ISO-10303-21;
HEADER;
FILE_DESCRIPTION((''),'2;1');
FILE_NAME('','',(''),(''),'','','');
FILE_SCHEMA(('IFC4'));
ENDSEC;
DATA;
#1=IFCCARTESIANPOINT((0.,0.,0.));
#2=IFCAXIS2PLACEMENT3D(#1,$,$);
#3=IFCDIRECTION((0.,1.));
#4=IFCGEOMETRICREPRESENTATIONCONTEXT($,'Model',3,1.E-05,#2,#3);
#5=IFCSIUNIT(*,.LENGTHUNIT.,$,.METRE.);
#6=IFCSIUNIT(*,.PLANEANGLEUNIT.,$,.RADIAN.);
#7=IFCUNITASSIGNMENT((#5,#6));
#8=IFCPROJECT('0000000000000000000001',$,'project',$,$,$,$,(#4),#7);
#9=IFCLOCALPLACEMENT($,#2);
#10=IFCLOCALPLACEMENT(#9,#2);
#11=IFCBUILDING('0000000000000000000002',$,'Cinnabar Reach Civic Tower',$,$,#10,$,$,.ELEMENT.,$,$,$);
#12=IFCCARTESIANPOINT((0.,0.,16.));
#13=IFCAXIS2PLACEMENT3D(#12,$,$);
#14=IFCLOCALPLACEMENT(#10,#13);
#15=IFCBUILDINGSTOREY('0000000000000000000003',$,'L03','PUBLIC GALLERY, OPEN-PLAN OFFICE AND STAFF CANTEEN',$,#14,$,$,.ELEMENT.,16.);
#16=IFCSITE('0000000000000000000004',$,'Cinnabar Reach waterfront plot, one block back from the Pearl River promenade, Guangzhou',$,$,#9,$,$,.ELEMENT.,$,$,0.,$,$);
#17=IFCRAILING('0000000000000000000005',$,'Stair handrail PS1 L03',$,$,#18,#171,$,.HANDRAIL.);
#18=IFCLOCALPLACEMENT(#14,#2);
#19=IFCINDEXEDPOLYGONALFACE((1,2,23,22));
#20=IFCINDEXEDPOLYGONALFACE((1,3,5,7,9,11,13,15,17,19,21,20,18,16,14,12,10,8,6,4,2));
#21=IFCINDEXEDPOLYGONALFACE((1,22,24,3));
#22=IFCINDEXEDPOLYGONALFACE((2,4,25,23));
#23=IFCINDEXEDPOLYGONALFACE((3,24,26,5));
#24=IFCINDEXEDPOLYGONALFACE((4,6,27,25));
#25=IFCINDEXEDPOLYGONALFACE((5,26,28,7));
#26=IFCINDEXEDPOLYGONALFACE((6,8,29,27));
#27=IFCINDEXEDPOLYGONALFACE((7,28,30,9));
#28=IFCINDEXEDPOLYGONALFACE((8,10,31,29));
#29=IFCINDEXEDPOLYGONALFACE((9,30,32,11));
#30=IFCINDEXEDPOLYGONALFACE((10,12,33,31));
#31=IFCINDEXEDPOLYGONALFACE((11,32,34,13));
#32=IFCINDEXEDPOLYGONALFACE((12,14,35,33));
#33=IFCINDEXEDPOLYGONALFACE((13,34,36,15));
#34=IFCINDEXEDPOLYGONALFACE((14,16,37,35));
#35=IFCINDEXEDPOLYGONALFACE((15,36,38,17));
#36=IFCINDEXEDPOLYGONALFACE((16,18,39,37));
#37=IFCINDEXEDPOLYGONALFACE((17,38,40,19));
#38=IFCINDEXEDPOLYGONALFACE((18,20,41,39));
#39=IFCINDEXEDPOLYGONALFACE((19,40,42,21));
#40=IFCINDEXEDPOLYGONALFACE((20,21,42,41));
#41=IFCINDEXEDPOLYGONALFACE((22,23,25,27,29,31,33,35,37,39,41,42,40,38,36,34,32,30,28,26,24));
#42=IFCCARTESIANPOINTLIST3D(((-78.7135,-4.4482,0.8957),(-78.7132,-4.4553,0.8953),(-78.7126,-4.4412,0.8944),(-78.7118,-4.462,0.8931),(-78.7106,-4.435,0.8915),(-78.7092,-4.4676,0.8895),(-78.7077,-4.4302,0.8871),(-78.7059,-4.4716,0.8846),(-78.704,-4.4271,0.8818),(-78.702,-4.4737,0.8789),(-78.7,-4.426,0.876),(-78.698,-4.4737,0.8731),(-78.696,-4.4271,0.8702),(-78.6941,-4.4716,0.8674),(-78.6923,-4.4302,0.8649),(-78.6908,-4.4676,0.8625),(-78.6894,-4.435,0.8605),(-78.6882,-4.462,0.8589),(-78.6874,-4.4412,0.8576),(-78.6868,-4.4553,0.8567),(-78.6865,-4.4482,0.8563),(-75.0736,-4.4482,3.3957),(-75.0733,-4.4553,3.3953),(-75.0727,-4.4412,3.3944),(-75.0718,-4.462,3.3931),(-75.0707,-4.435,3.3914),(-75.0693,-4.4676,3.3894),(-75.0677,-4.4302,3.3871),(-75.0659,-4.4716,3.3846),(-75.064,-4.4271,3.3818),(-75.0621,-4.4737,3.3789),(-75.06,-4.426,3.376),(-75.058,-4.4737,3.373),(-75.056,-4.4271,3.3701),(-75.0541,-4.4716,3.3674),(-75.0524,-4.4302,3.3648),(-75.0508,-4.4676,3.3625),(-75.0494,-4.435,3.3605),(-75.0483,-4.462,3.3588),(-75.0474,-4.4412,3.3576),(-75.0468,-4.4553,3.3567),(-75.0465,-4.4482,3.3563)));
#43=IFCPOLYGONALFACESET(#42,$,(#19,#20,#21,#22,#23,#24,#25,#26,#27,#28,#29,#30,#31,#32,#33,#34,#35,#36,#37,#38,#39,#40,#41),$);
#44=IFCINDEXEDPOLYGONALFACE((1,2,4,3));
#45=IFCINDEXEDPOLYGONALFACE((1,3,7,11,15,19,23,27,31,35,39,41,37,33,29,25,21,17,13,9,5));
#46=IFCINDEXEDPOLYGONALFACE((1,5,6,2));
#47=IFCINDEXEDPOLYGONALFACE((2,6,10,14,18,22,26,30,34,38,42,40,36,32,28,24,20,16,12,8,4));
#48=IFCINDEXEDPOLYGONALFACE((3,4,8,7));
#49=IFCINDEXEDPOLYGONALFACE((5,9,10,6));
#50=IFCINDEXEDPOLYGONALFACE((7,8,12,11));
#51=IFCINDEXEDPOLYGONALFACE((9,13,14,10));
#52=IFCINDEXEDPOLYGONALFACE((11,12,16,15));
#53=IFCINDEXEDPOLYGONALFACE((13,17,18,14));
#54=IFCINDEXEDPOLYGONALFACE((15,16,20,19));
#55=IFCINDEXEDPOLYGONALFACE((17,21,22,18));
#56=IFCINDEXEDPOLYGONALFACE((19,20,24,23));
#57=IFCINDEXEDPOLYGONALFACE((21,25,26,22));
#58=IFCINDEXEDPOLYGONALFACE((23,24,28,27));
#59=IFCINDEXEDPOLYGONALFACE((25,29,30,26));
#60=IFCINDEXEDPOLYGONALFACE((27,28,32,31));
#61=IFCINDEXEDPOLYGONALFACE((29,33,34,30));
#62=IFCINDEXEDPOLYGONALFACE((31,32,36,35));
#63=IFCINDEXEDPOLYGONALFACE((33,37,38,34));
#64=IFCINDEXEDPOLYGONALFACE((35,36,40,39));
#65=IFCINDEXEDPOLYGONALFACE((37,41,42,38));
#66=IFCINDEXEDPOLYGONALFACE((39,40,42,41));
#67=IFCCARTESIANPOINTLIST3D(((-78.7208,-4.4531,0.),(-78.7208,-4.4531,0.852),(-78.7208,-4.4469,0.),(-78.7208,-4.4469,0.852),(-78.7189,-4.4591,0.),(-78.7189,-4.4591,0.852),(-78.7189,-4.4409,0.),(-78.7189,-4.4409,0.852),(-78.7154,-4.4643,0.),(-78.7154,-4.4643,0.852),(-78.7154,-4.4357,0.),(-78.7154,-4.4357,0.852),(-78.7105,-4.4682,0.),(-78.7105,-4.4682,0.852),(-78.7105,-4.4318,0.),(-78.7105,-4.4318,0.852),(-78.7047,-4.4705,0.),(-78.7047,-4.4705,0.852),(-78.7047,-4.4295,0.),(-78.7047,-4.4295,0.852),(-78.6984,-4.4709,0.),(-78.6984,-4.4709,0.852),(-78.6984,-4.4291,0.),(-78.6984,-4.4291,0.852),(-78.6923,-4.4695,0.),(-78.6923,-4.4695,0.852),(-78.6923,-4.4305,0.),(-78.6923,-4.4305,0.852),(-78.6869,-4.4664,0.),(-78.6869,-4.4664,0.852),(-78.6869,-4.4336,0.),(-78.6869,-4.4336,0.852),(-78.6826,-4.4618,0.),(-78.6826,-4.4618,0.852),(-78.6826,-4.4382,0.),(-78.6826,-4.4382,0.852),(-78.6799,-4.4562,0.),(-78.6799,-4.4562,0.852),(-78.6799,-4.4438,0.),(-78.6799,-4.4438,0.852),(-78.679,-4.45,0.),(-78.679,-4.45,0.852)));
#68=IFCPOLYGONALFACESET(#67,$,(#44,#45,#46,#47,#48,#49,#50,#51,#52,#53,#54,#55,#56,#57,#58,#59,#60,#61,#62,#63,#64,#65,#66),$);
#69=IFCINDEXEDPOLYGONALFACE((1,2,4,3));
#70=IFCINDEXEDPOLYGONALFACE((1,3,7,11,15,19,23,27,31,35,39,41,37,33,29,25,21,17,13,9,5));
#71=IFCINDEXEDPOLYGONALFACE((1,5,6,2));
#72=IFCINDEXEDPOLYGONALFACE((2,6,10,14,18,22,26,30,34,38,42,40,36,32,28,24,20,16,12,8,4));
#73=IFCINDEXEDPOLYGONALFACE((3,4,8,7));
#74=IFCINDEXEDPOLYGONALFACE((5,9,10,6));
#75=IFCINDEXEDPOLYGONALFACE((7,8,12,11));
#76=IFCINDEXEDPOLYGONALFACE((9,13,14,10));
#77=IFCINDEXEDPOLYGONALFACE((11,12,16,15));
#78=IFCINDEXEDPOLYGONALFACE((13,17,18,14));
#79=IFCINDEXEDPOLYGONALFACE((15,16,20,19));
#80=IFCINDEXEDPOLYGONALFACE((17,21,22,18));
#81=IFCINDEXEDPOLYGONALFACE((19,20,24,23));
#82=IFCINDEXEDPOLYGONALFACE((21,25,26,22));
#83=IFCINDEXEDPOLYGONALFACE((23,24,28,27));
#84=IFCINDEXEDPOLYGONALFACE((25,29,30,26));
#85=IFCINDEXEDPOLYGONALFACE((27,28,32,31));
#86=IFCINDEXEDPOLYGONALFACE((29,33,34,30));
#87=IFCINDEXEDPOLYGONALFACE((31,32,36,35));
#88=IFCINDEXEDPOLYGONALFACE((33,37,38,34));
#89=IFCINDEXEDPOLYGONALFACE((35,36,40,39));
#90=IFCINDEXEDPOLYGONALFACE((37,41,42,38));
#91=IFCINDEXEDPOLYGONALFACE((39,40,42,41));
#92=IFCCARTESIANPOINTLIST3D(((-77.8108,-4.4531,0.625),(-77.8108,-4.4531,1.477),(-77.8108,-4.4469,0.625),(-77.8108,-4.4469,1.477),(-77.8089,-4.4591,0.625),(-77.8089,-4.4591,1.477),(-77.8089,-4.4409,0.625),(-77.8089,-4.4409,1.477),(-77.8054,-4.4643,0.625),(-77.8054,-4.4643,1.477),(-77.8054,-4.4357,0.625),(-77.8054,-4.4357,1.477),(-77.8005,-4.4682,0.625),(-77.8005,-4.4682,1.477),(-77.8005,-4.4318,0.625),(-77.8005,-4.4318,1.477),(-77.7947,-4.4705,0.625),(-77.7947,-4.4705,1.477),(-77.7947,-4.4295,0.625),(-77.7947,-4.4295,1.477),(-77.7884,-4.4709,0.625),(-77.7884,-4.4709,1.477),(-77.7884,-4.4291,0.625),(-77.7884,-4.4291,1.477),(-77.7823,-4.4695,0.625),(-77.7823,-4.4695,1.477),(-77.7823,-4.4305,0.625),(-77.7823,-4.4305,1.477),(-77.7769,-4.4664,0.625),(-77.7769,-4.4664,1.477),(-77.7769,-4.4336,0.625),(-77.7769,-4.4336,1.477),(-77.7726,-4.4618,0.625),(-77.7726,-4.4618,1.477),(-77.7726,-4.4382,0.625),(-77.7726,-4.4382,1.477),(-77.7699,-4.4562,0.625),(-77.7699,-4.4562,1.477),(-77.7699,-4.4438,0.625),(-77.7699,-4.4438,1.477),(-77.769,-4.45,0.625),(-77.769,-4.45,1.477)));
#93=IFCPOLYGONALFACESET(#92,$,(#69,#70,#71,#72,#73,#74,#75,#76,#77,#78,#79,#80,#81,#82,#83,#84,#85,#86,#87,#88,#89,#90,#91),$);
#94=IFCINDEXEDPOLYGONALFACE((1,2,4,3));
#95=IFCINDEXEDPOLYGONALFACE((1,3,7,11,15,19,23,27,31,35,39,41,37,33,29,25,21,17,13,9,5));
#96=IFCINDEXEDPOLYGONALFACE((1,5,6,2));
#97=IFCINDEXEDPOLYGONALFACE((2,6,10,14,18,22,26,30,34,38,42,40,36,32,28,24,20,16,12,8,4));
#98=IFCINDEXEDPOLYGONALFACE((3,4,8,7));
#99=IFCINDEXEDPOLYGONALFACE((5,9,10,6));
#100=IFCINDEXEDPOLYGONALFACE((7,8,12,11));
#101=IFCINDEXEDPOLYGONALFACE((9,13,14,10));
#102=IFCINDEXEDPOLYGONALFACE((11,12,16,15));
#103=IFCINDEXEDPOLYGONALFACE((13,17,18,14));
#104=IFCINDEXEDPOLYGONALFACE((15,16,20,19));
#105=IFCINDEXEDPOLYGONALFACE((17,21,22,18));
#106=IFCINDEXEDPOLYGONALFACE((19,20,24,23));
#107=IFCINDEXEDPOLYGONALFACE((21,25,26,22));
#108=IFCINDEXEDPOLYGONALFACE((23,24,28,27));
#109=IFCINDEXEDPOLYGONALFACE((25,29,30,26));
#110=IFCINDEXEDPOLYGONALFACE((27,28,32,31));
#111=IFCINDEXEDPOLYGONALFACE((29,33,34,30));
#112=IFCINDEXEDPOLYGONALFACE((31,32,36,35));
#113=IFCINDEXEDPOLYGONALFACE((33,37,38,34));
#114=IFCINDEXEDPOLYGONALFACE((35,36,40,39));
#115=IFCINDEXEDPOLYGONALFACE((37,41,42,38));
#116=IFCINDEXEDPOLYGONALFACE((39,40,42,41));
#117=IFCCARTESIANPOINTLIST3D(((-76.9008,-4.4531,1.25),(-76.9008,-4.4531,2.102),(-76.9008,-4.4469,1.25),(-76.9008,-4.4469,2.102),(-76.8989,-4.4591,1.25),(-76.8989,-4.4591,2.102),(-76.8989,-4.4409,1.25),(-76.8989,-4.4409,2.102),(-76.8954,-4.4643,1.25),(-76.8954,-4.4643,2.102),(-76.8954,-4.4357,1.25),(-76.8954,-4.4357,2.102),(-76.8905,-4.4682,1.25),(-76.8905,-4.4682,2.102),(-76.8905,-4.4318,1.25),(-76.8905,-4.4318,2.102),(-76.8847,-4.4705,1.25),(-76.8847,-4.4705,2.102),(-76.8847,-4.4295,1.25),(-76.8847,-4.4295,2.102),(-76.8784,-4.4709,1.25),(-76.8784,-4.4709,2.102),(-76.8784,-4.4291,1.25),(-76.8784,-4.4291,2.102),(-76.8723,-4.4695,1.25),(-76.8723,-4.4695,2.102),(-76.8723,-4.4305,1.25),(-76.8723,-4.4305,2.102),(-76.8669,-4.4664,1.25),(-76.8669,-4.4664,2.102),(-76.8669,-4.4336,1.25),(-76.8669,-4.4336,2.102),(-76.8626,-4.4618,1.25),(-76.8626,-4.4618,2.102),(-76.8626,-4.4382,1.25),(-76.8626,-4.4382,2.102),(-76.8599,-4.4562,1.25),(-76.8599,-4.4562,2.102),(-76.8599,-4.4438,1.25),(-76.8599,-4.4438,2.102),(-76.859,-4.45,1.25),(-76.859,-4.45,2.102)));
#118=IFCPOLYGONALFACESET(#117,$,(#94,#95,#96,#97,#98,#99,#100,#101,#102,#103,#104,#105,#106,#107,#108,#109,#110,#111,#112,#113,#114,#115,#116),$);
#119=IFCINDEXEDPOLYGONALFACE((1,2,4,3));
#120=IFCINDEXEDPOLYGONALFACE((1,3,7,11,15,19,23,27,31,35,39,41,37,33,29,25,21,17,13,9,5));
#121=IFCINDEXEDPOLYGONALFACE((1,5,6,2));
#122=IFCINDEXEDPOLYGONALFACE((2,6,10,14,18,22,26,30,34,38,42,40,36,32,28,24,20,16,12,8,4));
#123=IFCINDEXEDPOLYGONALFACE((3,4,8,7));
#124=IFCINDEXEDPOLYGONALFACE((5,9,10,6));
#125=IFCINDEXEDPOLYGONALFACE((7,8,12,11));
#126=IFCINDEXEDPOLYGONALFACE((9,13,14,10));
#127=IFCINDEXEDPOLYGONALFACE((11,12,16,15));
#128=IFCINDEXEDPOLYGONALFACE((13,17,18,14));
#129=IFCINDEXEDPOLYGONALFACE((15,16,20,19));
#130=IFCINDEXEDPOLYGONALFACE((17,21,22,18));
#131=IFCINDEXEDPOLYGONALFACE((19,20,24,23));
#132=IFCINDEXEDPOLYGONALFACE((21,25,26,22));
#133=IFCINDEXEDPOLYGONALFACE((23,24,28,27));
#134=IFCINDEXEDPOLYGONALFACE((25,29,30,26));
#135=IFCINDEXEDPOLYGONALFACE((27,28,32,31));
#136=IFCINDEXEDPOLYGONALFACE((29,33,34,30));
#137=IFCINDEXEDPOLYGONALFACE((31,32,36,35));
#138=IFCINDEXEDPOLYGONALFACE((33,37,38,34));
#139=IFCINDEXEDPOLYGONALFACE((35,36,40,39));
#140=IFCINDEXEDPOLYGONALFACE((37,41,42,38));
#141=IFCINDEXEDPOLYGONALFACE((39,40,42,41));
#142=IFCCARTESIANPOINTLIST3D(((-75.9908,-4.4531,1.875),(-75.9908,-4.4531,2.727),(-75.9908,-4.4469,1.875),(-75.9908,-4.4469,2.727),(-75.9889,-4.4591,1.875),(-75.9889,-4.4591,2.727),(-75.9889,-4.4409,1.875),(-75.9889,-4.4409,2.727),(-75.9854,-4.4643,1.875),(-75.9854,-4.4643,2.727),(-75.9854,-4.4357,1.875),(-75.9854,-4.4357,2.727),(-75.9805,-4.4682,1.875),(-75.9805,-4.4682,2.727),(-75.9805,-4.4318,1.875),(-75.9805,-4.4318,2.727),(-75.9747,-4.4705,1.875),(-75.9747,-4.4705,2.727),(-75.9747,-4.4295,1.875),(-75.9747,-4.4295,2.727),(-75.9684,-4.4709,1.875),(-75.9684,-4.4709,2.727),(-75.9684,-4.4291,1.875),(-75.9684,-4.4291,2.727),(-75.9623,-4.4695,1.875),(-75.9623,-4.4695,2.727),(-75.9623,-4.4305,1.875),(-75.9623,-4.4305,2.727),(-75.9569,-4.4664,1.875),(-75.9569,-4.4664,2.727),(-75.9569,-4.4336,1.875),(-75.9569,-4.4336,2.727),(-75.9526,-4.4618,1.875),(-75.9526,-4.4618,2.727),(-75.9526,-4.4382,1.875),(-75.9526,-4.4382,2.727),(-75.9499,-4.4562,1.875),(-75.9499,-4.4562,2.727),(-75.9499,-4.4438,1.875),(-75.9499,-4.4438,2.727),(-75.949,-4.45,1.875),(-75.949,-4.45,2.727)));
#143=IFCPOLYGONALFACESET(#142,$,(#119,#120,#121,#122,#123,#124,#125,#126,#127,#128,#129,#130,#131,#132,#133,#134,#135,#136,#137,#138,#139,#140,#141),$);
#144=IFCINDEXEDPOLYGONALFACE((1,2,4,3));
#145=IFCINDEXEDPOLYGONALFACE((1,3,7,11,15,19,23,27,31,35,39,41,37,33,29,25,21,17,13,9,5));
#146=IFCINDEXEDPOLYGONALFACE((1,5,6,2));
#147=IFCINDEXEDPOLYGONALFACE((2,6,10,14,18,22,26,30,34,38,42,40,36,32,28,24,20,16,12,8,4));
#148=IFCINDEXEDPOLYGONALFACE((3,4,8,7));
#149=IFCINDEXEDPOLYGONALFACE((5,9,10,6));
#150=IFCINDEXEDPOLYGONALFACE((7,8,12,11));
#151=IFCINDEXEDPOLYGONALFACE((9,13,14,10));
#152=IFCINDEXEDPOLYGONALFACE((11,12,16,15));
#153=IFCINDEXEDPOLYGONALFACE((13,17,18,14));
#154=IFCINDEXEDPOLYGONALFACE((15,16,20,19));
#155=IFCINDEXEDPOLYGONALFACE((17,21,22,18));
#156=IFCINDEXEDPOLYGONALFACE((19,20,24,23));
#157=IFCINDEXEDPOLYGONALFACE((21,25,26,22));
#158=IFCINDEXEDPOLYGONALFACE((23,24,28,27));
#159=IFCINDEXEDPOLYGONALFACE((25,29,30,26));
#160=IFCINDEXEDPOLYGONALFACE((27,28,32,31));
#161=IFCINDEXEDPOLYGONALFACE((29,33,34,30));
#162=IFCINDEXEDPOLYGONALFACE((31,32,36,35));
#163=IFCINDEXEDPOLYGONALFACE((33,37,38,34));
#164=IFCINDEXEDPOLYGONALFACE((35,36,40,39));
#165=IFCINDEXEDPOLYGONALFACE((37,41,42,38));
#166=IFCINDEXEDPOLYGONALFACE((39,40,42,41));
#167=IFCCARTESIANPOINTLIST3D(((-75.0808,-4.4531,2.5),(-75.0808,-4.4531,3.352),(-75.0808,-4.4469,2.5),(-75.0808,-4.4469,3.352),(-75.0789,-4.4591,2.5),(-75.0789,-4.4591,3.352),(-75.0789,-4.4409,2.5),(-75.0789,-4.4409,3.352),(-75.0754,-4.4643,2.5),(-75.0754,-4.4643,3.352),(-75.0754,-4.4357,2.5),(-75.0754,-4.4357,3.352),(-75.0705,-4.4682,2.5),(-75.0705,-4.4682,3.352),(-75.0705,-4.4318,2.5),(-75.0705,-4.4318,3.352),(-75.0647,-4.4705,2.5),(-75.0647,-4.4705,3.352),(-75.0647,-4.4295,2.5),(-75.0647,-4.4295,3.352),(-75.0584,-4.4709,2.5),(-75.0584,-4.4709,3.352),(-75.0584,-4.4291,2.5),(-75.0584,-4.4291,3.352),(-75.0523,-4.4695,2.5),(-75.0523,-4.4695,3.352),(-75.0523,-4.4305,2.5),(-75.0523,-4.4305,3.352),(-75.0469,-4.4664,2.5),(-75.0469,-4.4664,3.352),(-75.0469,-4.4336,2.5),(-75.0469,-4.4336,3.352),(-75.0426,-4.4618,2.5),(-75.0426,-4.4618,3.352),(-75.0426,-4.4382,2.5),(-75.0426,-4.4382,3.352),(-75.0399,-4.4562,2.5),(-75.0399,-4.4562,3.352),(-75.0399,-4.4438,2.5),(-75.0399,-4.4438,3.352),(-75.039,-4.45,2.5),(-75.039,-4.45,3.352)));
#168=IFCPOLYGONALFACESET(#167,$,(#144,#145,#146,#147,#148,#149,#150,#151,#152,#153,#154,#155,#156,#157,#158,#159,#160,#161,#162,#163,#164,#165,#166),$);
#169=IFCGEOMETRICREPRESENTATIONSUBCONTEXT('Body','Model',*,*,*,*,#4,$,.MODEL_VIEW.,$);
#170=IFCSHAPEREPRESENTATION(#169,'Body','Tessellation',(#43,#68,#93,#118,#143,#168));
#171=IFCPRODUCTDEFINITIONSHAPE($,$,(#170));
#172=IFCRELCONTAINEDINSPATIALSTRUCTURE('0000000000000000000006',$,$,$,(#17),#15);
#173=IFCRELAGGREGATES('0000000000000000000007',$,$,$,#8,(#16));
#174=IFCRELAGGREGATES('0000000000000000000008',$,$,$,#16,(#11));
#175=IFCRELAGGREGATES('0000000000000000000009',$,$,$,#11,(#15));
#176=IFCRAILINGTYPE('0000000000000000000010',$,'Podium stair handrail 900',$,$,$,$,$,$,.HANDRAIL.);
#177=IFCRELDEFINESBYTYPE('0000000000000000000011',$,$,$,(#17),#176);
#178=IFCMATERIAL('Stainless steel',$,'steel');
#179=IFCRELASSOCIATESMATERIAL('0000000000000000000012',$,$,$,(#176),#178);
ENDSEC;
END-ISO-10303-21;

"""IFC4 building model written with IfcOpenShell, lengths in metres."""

from ifc_helpers import new_model, si_unit, direction, frame, origin, origin_2d, place, context, subcontext, project, spatial, circle, extrude, material, type_object, element, save


model = new_model("IFC4")

# Units and contexts
model_context = context("Model", 3, precision=1e-05, world=origin(), true_north=direction((0.0, 1.0)))
body_context = subcontext(model_context, "Body", "Model", "MODEL_VIEW")
ifc_project = project(units=[si_unit("LENGTHUNIT", "METRE"), si_unit("PLANEANGLEUNIT", "RADIAN")], contexts=[model_context])

# Site, building, storey
site_placement = place(None, origin())
site = spatial("IfcSite", under=ifc_project, at=site_placement, Name="Cinnabar Reach waterfront plot, one block back from the Pearl River promenade, Guangzhou", CompositionType="ELEMENT", RefElevation=0.0)
building_placement = place(site_placement, origin())
building = spatial("IfcBuilding", under=site, at=building_placement, Name="Cinnabar Reach Civic Tower", CompositionType="ELEMENT")
storey_placement = place(building_placement, frame((0.0, 0.0, 16.0)))
storey = spatial("IfcBuildingStorey", under=building, at=storey_placement, Name="L03", Description="PUBLIC GALLERY, OPEN-PLAN OFFICE AND STAFF CANTEEN", CompositionType="ELEMENT", Elevation=16.0)

# Railing
ifc_material_1 = material(Name="Stainless steel", Category="steel")
railing_type_1 = type_object("IfcRailingType", Name="Podium stair handrail 900", PredefinedType="HANDRAIL", material=ifc_material_1)
railing_1_placement = place(storey_placement, frame((-78.7, -4.45, 0.0)))
element("IfcRailing", 1, at=railing_1_placement, inside=storey, type_object=railing_type_1, Name="Stair handrail PS1 L03", PredefinedType="HANDRAIL", context=body_context, shape_type="SweptSolid", body=[
    extrude(circle(Radius=0.024, at=origin_2d()), frame((0.0, 0.0, 0.876), z_axis=(0.824306, 0.0, 0.566144), x_axis=(0.0, 1.0, 0.0)), (0.0, 0.0, 1.0), 4.4158),
    extrude(circle(Radius=0.021, at=origin_2d()), origin(), (0.0, 0.0, 1.0), 0.852),
    extrude(circle(Radius=0.021, at=origin_2d()), frame((0.91, 0.0, 0.625)), (0.0, 0.0, 1.0), 0.852),
    extrude(circle(Radius=0.021, at=origin_2d()), frame((1.82, 0.0, 1.25)), (0.0, 0.0, 1.0), 0.852),
    extrude(circle(Radius=0.021, at=origin_2d()), frame((2.73, 0.0, 1.875)), (0.0, 0.0, 1.0), 0.852),
    extrude(circle(Radius=0.021, at=origin_2d()), frame((3.64, 0.0, 2.5)), (0.0, 0.0, 1.0), 0.852),
])

save(model, "model.ifc")
